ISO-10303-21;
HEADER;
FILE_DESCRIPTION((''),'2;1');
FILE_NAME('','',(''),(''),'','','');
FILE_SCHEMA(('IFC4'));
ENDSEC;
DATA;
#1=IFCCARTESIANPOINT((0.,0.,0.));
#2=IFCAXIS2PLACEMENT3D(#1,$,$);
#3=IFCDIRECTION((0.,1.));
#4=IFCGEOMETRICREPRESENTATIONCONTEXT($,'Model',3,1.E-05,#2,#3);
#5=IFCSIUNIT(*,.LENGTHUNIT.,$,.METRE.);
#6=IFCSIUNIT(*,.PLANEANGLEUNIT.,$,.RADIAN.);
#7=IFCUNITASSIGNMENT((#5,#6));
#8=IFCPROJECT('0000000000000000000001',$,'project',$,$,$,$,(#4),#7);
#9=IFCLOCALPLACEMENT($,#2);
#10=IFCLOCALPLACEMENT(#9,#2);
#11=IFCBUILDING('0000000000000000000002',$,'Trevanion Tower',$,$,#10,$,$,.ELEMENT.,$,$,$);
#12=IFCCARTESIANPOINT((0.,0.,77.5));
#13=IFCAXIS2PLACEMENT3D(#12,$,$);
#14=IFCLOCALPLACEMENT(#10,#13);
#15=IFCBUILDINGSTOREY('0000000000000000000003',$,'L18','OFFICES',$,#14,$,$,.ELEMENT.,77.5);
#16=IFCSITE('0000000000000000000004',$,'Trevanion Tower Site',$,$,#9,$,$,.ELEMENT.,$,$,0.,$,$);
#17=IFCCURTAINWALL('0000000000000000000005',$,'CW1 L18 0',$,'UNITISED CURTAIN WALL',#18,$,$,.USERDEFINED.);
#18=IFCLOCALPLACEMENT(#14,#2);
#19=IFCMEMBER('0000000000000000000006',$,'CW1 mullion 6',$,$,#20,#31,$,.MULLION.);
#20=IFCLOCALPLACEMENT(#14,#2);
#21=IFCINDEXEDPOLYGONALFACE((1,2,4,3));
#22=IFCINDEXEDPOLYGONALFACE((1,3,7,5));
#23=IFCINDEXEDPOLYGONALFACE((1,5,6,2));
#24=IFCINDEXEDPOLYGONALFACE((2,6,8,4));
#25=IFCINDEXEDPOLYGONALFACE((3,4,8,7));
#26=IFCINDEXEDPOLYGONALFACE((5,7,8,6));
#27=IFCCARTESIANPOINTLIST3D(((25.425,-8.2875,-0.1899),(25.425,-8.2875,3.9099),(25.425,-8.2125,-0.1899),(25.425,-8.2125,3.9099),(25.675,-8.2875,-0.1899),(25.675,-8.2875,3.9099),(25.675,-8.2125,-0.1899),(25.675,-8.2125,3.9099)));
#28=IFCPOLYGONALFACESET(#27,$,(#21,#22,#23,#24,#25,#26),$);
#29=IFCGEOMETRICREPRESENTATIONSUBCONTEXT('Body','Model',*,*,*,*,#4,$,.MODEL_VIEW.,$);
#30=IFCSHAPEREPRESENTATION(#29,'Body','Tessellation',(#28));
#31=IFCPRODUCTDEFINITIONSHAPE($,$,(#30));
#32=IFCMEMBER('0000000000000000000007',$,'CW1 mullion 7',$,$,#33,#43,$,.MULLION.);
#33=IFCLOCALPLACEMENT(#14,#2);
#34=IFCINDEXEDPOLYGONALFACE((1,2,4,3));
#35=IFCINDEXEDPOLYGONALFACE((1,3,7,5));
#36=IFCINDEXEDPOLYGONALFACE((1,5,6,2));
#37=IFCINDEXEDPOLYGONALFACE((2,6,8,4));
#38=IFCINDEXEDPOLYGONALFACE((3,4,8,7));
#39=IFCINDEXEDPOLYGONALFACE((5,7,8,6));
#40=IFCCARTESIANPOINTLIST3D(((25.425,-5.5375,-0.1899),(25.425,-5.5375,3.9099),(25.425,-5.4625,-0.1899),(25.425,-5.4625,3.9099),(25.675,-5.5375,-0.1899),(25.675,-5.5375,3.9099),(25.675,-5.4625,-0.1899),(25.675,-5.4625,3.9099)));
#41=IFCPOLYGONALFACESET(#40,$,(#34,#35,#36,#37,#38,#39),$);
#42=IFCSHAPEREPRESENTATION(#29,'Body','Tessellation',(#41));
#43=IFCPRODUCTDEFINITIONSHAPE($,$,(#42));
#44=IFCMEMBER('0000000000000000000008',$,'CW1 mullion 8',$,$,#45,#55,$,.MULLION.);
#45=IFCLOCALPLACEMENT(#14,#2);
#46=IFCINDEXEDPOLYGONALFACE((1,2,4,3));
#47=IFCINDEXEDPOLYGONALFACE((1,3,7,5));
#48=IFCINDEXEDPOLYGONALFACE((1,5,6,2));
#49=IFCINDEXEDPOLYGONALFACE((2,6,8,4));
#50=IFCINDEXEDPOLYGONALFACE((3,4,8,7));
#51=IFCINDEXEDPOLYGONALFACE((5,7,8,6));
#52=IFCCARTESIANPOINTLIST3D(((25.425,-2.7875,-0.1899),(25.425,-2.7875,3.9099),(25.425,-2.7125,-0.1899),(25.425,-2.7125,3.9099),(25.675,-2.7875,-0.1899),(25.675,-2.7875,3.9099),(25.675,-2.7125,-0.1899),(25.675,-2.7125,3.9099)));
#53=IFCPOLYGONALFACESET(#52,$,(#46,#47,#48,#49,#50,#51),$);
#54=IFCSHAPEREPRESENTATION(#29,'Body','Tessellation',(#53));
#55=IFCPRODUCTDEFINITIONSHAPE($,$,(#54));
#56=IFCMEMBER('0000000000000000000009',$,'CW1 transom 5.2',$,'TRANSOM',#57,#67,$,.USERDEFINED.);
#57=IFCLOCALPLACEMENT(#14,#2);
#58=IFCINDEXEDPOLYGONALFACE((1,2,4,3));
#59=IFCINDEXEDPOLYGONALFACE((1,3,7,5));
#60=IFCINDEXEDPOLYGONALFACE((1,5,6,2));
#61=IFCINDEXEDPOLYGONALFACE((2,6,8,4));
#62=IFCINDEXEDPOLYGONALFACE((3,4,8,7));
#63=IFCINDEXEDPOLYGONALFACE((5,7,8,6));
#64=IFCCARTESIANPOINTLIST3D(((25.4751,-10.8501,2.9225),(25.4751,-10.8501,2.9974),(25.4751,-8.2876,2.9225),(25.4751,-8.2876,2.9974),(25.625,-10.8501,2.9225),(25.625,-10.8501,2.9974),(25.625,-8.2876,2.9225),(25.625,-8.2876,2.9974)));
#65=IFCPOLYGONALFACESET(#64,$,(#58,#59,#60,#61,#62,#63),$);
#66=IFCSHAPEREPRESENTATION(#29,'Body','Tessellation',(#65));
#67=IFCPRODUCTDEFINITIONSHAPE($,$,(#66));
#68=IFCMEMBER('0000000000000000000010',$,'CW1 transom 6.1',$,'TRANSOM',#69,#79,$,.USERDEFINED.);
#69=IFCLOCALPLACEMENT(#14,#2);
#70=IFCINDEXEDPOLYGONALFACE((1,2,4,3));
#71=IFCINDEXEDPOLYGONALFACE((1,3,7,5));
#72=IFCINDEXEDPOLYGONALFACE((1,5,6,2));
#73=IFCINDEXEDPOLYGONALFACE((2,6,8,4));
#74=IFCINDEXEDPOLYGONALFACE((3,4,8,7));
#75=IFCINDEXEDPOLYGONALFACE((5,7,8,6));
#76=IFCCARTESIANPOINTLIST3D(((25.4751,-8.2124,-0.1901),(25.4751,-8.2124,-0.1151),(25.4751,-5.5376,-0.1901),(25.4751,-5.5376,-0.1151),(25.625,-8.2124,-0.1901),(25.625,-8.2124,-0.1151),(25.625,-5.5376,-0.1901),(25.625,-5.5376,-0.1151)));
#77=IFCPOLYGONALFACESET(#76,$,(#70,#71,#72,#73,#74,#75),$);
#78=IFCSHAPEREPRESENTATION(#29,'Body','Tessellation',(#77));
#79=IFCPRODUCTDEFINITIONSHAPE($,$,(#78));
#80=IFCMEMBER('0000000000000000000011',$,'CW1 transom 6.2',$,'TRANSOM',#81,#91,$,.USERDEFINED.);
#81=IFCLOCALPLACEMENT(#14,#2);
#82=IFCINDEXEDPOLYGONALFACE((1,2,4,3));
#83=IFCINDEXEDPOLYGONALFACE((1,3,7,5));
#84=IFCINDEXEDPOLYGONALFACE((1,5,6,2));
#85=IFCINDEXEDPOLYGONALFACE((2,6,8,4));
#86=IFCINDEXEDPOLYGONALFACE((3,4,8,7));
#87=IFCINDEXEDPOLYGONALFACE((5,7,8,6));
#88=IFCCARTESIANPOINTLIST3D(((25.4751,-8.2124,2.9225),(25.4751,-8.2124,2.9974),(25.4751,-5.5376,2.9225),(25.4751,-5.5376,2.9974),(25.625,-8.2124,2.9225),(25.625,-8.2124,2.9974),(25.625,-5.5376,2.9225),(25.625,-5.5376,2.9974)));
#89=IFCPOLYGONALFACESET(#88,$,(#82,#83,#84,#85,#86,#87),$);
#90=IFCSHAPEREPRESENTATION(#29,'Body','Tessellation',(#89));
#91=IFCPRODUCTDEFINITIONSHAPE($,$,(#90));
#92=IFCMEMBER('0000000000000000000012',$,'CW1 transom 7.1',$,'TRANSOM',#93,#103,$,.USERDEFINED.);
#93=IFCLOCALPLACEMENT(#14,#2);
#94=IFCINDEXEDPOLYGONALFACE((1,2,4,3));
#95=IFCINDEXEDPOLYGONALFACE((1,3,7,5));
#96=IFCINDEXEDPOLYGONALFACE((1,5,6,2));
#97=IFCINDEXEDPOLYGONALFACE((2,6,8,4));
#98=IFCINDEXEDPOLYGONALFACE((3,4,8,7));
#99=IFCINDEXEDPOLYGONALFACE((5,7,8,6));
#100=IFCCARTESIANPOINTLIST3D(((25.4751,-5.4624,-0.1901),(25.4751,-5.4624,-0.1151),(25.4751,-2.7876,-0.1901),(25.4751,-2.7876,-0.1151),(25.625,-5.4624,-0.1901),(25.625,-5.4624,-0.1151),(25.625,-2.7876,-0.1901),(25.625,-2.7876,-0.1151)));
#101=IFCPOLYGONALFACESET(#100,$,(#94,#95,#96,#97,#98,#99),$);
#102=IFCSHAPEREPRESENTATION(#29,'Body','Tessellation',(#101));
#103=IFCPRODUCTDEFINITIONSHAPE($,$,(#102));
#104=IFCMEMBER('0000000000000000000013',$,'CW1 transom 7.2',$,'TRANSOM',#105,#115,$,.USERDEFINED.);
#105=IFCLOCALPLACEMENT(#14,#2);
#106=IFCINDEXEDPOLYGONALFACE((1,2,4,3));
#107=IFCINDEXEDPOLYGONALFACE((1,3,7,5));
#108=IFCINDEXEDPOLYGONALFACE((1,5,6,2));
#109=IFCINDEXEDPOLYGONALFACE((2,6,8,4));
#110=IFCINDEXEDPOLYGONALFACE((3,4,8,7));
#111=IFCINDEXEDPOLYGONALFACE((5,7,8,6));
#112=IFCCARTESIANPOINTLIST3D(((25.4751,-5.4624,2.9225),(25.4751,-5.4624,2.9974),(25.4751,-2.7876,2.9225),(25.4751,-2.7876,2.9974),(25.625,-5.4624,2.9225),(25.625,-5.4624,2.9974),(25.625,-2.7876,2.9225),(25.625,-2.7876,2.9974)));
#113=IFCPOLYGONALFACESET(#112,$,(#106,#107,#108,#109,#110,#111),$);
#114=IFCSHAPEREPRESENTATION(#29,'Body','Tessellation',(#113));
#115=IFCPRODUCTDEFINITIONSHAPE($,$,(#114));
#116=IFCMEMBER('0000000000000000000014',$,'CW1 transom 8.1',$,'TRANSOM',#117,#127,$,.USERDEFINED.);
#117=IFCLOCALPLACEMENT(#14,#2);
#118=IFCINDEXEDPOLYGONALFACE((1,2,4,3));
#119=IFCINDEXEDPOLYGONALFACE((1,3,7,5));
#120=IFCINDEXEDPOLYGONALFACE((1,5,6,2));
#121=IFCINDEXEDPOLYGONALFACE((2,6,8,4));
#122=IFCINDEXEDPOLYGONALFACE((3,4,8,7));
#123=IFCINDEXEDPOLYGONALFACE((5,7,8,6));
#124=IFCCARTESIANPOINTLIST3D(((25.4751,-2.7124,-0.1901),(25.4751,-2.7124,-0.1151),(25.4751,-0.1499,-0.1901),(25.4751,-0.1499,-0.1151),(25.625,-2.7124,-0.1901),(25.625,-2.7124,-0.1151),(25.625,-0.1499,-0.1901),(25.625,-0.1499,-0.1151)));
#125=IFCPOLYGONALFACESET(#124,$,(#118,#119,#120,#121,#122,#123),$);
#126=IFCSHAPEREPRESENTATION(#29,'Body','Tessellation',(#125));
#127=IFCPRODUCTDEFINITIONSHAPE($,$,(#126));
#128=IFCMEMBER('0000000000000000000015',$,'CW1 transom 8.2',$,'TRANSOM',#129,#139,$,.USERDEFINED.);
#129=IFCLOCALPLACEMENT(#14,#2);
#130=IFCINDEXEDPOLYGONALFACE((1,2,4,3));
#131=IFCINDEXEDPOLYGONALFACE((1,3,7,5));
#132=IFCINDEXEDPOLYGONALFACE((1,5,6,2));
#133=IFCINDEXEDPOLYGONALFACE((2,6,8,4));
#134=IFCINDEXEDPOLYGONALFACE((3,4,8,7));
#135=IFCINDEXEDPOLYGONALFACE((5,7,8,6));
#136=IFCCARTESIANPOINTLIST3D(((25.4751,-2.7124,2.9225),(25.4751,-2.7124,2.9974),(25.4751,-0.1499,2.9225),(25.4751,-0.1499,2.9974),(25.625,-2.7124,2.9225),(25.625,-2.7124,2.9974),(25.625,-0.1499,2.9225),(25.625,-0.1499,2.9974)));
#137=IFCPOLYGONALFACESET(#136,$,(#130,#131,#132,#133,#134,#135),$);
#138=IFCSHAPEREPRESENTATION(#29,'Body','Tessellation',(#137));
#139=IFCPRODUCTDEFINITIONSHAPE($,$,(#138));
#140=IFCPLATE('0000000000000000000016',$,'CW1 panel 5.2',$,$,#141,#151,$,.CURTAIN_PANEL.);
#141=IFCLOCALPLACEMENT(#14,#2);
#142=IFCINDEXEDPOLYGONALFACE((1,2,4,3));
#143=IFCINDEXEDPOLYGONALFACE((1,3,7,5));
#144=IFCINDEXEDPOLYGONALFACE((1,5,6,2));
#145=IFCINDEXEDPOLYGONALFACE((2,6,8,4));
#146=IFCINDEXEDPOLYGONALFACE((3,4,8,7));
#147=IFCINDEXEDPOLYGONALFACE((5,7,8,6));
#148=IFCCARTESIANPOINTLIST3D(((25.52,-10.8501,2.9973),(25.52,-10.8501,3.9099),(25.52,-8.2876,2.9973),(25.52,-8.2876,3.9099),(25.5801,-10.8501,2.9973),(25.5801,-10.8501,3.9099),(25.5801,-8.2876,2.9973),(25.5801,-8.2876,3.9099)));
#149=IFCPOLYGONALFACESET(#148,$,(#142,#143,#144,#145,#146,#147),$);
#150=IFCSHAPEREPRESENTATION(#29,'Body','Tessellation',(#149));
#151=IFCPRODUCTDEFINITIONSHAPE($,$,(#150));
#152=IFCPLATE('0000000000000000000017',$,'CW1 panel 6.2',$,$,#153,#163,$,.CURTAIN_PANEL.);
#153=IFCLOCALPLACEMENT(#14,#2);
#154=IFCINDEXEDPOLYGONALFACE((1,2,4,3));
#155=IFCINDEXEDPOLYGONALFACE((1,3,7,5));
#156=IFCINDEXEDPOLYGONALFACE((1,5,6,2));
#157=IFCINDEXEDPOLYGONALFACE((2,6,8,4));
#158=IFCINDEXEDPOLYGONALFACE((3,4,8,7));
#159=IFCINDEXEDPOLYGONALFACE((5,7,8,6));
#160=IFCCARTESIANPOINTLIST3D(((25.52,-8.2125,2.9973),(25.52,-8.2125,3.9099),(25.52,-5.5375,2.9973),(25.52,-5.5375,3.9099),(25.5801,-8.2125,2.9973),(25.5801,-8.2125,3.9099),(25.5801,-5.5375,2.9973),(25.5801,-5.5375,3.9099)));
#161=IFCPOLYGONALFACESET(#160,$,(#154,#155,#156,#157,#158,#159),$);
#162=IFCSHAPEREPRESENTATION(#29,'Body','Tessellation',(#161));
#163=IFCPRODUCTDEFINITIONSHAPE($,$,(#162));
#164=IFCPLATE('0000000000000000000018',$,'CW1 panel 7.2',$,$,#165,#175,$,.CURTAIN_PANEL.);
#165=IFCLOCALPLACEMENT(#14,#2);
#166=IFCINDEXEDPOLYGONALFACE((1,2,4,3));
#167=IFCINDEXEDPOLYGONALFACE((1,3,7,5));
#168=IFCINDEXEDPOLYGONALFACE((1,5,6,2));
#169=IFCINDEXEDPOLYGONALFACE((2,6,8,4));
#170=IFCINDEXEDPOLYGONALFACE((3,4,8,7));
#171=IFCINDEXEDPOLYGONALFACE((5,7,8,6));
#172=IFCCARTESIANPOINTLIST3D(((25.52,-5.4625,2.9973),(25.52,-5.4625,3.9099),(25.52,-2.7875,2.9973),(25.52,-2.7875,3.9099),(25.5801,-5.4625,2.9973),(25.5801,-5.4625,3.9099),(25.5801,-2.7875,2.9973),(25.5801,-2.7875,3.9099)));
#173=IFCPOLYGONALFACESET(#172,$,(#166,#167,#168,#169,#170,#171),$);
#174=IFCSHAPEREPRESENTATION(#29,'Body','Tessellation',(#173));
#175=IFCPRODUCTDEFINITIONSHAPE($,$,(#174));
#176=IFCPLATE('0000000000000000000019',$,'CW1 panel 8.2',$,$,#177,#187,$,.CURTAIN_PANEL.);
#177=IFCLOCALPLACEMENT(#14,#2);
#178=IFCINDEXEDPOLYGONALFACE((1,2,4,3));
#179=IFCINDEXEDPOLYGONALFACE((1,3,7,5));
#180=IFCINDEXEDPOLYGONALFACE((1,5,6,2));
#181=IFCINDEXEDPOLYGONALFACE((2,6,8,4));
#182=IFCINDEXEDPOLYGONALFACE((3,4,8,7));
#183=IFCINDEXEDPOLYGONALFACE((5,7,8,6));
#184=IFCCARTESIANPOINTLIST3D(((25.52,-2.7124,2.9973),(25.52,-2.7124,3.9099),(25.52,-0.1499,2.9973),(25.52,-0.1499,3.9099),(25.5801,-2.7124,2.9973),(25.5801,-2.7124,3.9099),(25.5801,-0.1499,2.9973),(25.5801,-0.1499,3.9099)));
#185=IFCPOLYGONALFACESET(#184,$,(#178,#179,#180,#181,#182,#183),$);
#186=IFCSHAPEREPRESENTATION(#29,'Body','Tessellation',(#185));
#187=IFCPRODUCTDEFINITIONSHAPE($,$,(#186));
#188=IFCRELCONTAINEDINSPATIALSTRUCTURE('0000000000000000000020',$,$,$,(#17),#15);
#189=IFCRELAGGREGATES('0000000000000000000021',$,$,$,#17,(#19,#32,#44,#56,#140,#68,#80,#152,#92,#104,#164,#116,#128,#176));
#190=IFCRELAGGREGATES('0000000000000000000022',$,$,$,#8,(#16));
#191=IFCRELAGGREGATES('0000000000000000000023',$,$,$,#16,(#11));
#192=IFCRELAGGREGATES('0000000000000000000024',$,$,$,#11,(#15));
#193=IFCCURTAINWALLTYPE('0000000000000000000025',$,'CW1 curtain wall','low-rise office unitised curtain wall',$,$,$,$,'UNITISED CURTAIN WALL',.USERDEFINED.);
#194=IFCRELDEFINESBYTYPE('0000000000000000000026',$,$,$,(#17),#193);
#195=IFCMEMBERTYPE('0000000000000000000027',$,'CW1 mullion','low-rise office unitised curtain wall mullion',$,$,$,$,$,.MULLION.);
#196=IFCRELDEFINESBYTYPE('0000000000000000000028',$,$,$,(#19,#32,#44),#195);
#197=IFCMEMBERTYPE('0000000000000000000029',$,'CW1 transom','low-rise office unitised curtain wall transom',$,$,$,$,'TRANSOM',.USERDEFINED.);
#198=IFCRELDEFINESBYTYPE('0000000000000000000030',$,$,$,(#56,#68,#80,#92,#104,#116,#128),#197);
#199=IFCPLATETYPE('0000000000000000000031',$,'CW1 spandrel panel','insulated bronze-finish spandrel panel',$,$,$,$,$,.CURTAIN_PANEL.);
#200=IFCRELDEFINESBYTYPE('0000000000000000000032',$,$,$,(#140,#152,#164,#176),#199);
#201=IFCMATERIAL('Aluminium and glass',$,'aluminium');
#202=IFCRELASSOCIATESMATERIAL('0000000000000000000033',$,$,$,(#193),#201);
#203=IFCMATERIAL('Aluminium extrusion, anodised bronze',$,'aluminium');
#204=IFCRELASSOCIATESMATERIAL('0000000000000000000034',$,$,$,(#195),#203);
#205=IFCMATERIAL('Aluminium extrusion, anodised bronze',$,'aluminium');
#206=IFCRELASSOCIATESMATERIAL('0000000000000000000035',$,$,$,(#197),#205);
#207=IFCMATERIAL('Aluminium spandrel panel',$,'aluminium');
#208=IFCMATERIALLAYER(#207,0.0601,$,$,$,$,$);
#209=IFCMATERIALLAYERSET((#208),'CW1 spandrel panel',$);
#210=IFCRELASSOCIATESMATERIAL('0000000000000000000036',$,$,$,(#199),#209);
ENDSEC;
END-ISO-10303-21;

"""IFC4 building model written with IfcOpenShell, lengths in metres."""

from ifc_helpers import new_model, si_unit, direction, frame, origin, origin_2d, place, context, subcontext, project, spatial, rectangle, extrude, material, layer, layer_set, material_profile, profile_set, type_object, element, aggregate, save


model = new_model("IFC4")

# Units and contexts
model_context = context("Model", 3, precision=1e-05, world=origin(), true_north=direction((0.0, 1.0)))
body_context = subcontext(model_context, "Body", "Model", "MODEL_VIEW")
ifc_project = project(units=[si_unit("LENGTHUNIT", "METRE"), si_unit("PLANEANGLEUNIT", "RADIAN")], contexts=[model_context])

# Site, building, storey
site_placement = place(None, origin())
site = spatial("IfcSite", under=ifc_project, at=site_placement, Name="Trevanion Tower Site", CompositionType="ELEMENT", RefElevation=0.0)
building_placement = place(site_placement, origin())
building = spatial("IfcBuilding", under=site, at=building_placement, Name="Trevanion Tower", CompositionType="ELEMENT")
storey_placement = place(building_placement, frame((0.0, 0.0, 77.5)))
storey = spatial("IfcBuildingStorey", under=building, at=storey_placement, Name="L18", Description="OFFICES", CompositionType="ELEMENT", Elevation=77.5)

# Curtain wall, members, plates
ifc_material_1 = material(Name="Aluminium and glass", Category="aluminium")
curtain_wall_type = type_object("IfcCurtainWallType", Name="CW1 curtain wall", Description="low-rise office unitised curtain wall", ElementType="UNITISED CURTAIN WALL", PredefinedType="USERDEFINED", material=ifc_material_1)
curtain_wall_placement = place(storey_placement, origin())
curtain_wall = element("IfcCurtainWall", 1, at=curtain_wall_placement, inside=storey, type_object=curtain_wall_type, Name="CW1 L18 0", ObjectType="UNITISED CURTAIN WALL", PredefinedType="USERDEFINED")
ifc_material_2 = material(Name="Aluminium extrusion, anodised bronze", Category="aluminium")
ifc_material_profile_1 = material_profile(ifc_material_2, rectangle(XDim=0.075, YDim=0.25, at=origin_2d()), Name="CW1 mullion")
ifc_profile_set_1 = profile_set([ifc_material_profile_1], Name="Aluminium extrusion, anodised bronze")
member_type_1 = type_object("IfcMemberType", Name="CW1 mullion", Description="low-rise office unitised curtain wall mullion", PredefinedType="MULLION", material=ifc_profile_set_1)
member_1_placement = place(storey_placement, frame((25.55, -8.25, -0.1899), z_axis=(0.0, 0.0, 1.0), x_axis=(0.0, 1.0, 0.0)))
member_1 = element("IfcMember", 2, at=member_1_placement, type_object=member_type_1, Name="CW1 mullion 6", PredefinedType="MULLION", context=body_context, shape_type="SweptSolid", body=[
    extrude(rectangle(XDim=0.075, YDim=0.25, at=origin_2d()), origin(), (0.0, 0.0, 1.0), 4.0999),
])
member_2_placement = place(storey_placement, frame((25.55, -5.5, -0.1899), z_axis=(0.0, 0.0, 1.0), x_axis=(0.0, 1.0, 0.0)))
member_2 = element("IfcMember", 3, at=member_2_placement, type_object=member_type_1, Name="CW1 mullion 7", PredefinedType="MULLION", context=body_context, shape_type="SweptSolid", body=[
    extrude(rectangle(XDim=0.075, YDim=0.25, at=origin_2d()), origin(), (0.0, 0.0, 1.0), 4.0999),
])
member_3_placement = place(storey_placement, frame((25.55, -2.75, -0.1899), z_axis=(0.0, 0.0, 1.0), x_axis=(0.0, 1.0, 0.0)))
member_3 = element("IfcMember", 4, at=member_3_placement, type_object=member_type_1, Name="CW1 mullion 8", PredefinedType="MULLION", context=body_context, shape_type="SweptSolid", body=[
    extrude(rectangle(XDim=0.075, YDim=0.25, at=origin_2d()), origin(), (0.0, 0.0, 1.0), 4.0999),
])
ifc_material_3 = material(Name="Aluminium extrusion, anodised bronze", Category="aluminium")
ifc_material_profile_2 = material_profile(ifc_material_3, rectangle(XDim=0.1499, YDim=0.075, at=origin_2d()), Name="CW1 transom")
ifc_profile_set_2 = profile_set([ifc_material_profile_2], Name="Aluminium extrusion, anodised bronze")
member_type_2 = type_object("IfcMemberType", Name="CW1 transom", Description="low-rise office unitised curtain wall transom", ElementType="TRANSOM", PredefinedType="USERDEFINED", material=ifc_profile_set_2)
member_4_placement = place(storey_placement, frame((25.55, -10.8501, 2.96), z_axis=(0.0, 1.0, 0.0), x_axis=(-1.0, 0.0, 0.0)))
member_4 = element("IfcMember", 5, at=member_4_placement, type_object=member_type_2, Name="CW1 transom 5.2", ObjectType="TRANSOM", PredefinedType="USERDEFINED", context=body_context, shape_type="SweptSolid", body=[
    extrude(rectangle(XDim=0.1499, YDim=0.075, at=origin_2d()), origin(), (0.0, 0.0, 1.0), 2.5625),
])
member_5_placement = place(storey_placement, frame((25.55, -8.2124, -0.1526), z_axis=(0.0, 1.0, 0.0), x_axis=(-1.0, 0.0, 0.0)))
member_5 = element("IfcMember", 6, at=member_5_placement, type_object=member_type_2, Name="CW1 transom 6.1", ObjectType="TRANSOM", PredefinedType="USERDEFINED", context=body_context, shape_type="SweptSolid", body=[
    extrude(rectangle(XDim=0.1499, YDim=0.075, at=origin_2d()), origin(), (0.0, 0.0, 1.0), 2.6748),
])
member_6_placement = place(storey_placement, frame((25.55, -8.2124, 2.96), z_axis=(0.0, 1.0, 0.0), x_axis=(-1.0, 0.0, 0.0)))
member_6 = element("IfcMember", 7, at=member_6_placement, type_object=member_type_2, Name="CW1 transom 6.2", ObjectType="TRANSOM", PredefinedType="USERDEFINED", context=body_context, shape_type="SweptSolid", body=[
    extrude(rectangle(XDim=0.1499, YDim=0.075, at=origin_2d()), origin(), (0.0, 0.0, 1.0), 2.6748),
])
member_7_placement = place(storey_placement, frame((25.55, -5.4624, -0.1526), z_axis=(0.0, 1.0, 0.0), x_axis=(-1.0, 0.0, 0.0)))
member_7 = element("IfcMember", 8, at=member_7_placement, type_object=member_type_2, Name="CW1 transom 7.1", ObjectType="TRANSOM", PredefinedType="USERDEFINED", context=body_context, shape_type="SweptSolid", body=[
    extrude(rectangle(XDim=0.1499, YDim=0.075, at=origin_2d()), origin(), (0.0, 0.0, 1.0), 2.6748),
])
member_8_placement = place(storey_placement, frame((25.55, -5.4624, 2.96), z_axis=(0.0, 1.0, 0.0), x_axis=(-1.0, 0.0, 0.0)))
member_8 = element("IfcMember", 9, at=member_8_placement, type_object=member_type_2, Name="CW1 transom 7.2", ObjectType="TRANSOM", PredefinedType="USERDEFINED", context=body_context, shape_type="SweptSolid", body=[
    extrude(rectangle(XDim=0.1499, YDim=0.075, at=origin_2d()), origin(), (0.0, 0.0, 1.0), 2.6748),
])
member_9_placement = place(storey_placement, frame((25.55, -2.7124, -0.1526), z_axis=(0.0, 1.0, 0.0), x_axis=(-1.0, 0.0, 0.0)))
member_9 = element("IfcMember", 10, at=member_9_placement, type_object=member_type_2, Name="CW1 transom 8.1", ObjectType="TRANSOM", PredefinedType="USERDEFINED", context=body_context, shape_type="SweptSolid", body=[
    extrude(rectangle(XDim=0.1499, YDim=0.075, at=origin_2d()), origin(), (0.0, 0.0, 1.0), 2.5625),
])
member_10_placement = place(storey_placement, frame((25.55, -2.7124, 2.96), z_axis=(0.0, 1.0, 0.0), x_axis=(-1.0, 0.0, 0.0)))
member_10 = element("IfcMember", 11, at=member_10_placement, type_object=member_type_2, Name="CW1 transom 8.2", ObjectType="TRANSOM", PredefinedType="USERDEFINED", context=body_context, shape_type="SweptSolid", body=[
    extrude(rectangle(XDim=0.1499, YDim=0.075, at=origin_2d()), origin(), (0.0, 0.0, 1.0), 2.5625),
])
ifc_material_4 = material(Name="Aluminium spandrel panel", Category="aluminium")
ifc_layer_1 = layer(ifc_material_4, 0.0601)
ifc_layer_set_1 = layer_set([ifc_layer_1], Name="CW1 spandrel panel")
plate_type_1 = type_object("IfcPlateType", Name="CW1 spandrel panel", Description="insulated bronze-finish spandrel panel", PredefinedType="CURTAIN_PANEL", material=ifc_layer_set_1)
plate_1_placement = place(storey_placement, frame((25.55, -9.5688, 2.9973), z_axis=(0.0, 0.0, 1.0), x_axis=(0.0, 1.0, 0.0)))
plate_1 = element("IfcPlate", 12, at=plate_1_placement, type_object=plate_type_1, Name="CW1 panel 5.2", PredefinedType="CURTAIN_PANEL", context=body_context, shape_type="SweptSolid", body=[
    extrude(rectangle(XDim=2.5625, YDim=0.0601, at=origin_2d()), origin(), (0.0, 0.0, 1.0), 0.9126),
])
plate_2_placement = place(storey_placement, frame((25.55, -6.875, 2.9973), z_axis=(0.0, 0.0, 1.0), x_axis=(0.0, 1.0, 0.0)))
plate_2 = element("IfcPlate", 13, at=plate_2_placement, type_object=plate_type_1, Name="CW1 panel 6.2", PredefinedType="CURTAIN_PANEL", context=body_context, shape_type="SweptSolid", body=[
    extrude(rectangle(XDim=2.675, YDim=0.0601, at=origin_2d()), origin(), (0.0, 0.0, 1.0), 0.9126),
])
plate_3_placement = place(storey_placement, frame((25.55, -4.125, 2.9973), z_axis=(0.0, 0.0, 1.0), x_axis=(0.0, 1.0, 0.0)))
plate_3 = element("IfcPlate", 14, at=plate_3_placement, type_object=plate_type_1, Name="CW1 panel 7.2", PredefinedType="CURTAIN_PANEL", context=body_context, shape_type="SweptSolid", body=[
    extrude(rectangle(XDim=2.675, YDim=0.0601, at=origin_2d()), origin(), (0.0, 0.0, 1.0), 0.9126),
])
plate_4_placement = place(storey_placement, frame((25.55, -1.4312, 2.9973), z_axis=(0.0, 0.0, 1.0), x_axis=(0.0, 1.0, 0.0)))
plate_4 = element("IfcPlate", 15, at=plate_4_placement, type_object=plate_type_1, Name="CW1 panel 8.2", PredefinedType="CURTAIN_PANEL", context=body_context, shape_type="SweptSolid", body=[
    extrude(rectangle(XDim=2.5625, YDim=0.0601, at=origin_2d()), origin(), (0.0, 0.0, 1.0), 0.9126),
])
aggregate(curtain_wall, [member_1, member_2, member_3, member_4, plate_1, member_5, member_6, plate_2, member_7, member_8, plate_3, member_9, member_10, plate_4])

save(model, "model.ifc")
